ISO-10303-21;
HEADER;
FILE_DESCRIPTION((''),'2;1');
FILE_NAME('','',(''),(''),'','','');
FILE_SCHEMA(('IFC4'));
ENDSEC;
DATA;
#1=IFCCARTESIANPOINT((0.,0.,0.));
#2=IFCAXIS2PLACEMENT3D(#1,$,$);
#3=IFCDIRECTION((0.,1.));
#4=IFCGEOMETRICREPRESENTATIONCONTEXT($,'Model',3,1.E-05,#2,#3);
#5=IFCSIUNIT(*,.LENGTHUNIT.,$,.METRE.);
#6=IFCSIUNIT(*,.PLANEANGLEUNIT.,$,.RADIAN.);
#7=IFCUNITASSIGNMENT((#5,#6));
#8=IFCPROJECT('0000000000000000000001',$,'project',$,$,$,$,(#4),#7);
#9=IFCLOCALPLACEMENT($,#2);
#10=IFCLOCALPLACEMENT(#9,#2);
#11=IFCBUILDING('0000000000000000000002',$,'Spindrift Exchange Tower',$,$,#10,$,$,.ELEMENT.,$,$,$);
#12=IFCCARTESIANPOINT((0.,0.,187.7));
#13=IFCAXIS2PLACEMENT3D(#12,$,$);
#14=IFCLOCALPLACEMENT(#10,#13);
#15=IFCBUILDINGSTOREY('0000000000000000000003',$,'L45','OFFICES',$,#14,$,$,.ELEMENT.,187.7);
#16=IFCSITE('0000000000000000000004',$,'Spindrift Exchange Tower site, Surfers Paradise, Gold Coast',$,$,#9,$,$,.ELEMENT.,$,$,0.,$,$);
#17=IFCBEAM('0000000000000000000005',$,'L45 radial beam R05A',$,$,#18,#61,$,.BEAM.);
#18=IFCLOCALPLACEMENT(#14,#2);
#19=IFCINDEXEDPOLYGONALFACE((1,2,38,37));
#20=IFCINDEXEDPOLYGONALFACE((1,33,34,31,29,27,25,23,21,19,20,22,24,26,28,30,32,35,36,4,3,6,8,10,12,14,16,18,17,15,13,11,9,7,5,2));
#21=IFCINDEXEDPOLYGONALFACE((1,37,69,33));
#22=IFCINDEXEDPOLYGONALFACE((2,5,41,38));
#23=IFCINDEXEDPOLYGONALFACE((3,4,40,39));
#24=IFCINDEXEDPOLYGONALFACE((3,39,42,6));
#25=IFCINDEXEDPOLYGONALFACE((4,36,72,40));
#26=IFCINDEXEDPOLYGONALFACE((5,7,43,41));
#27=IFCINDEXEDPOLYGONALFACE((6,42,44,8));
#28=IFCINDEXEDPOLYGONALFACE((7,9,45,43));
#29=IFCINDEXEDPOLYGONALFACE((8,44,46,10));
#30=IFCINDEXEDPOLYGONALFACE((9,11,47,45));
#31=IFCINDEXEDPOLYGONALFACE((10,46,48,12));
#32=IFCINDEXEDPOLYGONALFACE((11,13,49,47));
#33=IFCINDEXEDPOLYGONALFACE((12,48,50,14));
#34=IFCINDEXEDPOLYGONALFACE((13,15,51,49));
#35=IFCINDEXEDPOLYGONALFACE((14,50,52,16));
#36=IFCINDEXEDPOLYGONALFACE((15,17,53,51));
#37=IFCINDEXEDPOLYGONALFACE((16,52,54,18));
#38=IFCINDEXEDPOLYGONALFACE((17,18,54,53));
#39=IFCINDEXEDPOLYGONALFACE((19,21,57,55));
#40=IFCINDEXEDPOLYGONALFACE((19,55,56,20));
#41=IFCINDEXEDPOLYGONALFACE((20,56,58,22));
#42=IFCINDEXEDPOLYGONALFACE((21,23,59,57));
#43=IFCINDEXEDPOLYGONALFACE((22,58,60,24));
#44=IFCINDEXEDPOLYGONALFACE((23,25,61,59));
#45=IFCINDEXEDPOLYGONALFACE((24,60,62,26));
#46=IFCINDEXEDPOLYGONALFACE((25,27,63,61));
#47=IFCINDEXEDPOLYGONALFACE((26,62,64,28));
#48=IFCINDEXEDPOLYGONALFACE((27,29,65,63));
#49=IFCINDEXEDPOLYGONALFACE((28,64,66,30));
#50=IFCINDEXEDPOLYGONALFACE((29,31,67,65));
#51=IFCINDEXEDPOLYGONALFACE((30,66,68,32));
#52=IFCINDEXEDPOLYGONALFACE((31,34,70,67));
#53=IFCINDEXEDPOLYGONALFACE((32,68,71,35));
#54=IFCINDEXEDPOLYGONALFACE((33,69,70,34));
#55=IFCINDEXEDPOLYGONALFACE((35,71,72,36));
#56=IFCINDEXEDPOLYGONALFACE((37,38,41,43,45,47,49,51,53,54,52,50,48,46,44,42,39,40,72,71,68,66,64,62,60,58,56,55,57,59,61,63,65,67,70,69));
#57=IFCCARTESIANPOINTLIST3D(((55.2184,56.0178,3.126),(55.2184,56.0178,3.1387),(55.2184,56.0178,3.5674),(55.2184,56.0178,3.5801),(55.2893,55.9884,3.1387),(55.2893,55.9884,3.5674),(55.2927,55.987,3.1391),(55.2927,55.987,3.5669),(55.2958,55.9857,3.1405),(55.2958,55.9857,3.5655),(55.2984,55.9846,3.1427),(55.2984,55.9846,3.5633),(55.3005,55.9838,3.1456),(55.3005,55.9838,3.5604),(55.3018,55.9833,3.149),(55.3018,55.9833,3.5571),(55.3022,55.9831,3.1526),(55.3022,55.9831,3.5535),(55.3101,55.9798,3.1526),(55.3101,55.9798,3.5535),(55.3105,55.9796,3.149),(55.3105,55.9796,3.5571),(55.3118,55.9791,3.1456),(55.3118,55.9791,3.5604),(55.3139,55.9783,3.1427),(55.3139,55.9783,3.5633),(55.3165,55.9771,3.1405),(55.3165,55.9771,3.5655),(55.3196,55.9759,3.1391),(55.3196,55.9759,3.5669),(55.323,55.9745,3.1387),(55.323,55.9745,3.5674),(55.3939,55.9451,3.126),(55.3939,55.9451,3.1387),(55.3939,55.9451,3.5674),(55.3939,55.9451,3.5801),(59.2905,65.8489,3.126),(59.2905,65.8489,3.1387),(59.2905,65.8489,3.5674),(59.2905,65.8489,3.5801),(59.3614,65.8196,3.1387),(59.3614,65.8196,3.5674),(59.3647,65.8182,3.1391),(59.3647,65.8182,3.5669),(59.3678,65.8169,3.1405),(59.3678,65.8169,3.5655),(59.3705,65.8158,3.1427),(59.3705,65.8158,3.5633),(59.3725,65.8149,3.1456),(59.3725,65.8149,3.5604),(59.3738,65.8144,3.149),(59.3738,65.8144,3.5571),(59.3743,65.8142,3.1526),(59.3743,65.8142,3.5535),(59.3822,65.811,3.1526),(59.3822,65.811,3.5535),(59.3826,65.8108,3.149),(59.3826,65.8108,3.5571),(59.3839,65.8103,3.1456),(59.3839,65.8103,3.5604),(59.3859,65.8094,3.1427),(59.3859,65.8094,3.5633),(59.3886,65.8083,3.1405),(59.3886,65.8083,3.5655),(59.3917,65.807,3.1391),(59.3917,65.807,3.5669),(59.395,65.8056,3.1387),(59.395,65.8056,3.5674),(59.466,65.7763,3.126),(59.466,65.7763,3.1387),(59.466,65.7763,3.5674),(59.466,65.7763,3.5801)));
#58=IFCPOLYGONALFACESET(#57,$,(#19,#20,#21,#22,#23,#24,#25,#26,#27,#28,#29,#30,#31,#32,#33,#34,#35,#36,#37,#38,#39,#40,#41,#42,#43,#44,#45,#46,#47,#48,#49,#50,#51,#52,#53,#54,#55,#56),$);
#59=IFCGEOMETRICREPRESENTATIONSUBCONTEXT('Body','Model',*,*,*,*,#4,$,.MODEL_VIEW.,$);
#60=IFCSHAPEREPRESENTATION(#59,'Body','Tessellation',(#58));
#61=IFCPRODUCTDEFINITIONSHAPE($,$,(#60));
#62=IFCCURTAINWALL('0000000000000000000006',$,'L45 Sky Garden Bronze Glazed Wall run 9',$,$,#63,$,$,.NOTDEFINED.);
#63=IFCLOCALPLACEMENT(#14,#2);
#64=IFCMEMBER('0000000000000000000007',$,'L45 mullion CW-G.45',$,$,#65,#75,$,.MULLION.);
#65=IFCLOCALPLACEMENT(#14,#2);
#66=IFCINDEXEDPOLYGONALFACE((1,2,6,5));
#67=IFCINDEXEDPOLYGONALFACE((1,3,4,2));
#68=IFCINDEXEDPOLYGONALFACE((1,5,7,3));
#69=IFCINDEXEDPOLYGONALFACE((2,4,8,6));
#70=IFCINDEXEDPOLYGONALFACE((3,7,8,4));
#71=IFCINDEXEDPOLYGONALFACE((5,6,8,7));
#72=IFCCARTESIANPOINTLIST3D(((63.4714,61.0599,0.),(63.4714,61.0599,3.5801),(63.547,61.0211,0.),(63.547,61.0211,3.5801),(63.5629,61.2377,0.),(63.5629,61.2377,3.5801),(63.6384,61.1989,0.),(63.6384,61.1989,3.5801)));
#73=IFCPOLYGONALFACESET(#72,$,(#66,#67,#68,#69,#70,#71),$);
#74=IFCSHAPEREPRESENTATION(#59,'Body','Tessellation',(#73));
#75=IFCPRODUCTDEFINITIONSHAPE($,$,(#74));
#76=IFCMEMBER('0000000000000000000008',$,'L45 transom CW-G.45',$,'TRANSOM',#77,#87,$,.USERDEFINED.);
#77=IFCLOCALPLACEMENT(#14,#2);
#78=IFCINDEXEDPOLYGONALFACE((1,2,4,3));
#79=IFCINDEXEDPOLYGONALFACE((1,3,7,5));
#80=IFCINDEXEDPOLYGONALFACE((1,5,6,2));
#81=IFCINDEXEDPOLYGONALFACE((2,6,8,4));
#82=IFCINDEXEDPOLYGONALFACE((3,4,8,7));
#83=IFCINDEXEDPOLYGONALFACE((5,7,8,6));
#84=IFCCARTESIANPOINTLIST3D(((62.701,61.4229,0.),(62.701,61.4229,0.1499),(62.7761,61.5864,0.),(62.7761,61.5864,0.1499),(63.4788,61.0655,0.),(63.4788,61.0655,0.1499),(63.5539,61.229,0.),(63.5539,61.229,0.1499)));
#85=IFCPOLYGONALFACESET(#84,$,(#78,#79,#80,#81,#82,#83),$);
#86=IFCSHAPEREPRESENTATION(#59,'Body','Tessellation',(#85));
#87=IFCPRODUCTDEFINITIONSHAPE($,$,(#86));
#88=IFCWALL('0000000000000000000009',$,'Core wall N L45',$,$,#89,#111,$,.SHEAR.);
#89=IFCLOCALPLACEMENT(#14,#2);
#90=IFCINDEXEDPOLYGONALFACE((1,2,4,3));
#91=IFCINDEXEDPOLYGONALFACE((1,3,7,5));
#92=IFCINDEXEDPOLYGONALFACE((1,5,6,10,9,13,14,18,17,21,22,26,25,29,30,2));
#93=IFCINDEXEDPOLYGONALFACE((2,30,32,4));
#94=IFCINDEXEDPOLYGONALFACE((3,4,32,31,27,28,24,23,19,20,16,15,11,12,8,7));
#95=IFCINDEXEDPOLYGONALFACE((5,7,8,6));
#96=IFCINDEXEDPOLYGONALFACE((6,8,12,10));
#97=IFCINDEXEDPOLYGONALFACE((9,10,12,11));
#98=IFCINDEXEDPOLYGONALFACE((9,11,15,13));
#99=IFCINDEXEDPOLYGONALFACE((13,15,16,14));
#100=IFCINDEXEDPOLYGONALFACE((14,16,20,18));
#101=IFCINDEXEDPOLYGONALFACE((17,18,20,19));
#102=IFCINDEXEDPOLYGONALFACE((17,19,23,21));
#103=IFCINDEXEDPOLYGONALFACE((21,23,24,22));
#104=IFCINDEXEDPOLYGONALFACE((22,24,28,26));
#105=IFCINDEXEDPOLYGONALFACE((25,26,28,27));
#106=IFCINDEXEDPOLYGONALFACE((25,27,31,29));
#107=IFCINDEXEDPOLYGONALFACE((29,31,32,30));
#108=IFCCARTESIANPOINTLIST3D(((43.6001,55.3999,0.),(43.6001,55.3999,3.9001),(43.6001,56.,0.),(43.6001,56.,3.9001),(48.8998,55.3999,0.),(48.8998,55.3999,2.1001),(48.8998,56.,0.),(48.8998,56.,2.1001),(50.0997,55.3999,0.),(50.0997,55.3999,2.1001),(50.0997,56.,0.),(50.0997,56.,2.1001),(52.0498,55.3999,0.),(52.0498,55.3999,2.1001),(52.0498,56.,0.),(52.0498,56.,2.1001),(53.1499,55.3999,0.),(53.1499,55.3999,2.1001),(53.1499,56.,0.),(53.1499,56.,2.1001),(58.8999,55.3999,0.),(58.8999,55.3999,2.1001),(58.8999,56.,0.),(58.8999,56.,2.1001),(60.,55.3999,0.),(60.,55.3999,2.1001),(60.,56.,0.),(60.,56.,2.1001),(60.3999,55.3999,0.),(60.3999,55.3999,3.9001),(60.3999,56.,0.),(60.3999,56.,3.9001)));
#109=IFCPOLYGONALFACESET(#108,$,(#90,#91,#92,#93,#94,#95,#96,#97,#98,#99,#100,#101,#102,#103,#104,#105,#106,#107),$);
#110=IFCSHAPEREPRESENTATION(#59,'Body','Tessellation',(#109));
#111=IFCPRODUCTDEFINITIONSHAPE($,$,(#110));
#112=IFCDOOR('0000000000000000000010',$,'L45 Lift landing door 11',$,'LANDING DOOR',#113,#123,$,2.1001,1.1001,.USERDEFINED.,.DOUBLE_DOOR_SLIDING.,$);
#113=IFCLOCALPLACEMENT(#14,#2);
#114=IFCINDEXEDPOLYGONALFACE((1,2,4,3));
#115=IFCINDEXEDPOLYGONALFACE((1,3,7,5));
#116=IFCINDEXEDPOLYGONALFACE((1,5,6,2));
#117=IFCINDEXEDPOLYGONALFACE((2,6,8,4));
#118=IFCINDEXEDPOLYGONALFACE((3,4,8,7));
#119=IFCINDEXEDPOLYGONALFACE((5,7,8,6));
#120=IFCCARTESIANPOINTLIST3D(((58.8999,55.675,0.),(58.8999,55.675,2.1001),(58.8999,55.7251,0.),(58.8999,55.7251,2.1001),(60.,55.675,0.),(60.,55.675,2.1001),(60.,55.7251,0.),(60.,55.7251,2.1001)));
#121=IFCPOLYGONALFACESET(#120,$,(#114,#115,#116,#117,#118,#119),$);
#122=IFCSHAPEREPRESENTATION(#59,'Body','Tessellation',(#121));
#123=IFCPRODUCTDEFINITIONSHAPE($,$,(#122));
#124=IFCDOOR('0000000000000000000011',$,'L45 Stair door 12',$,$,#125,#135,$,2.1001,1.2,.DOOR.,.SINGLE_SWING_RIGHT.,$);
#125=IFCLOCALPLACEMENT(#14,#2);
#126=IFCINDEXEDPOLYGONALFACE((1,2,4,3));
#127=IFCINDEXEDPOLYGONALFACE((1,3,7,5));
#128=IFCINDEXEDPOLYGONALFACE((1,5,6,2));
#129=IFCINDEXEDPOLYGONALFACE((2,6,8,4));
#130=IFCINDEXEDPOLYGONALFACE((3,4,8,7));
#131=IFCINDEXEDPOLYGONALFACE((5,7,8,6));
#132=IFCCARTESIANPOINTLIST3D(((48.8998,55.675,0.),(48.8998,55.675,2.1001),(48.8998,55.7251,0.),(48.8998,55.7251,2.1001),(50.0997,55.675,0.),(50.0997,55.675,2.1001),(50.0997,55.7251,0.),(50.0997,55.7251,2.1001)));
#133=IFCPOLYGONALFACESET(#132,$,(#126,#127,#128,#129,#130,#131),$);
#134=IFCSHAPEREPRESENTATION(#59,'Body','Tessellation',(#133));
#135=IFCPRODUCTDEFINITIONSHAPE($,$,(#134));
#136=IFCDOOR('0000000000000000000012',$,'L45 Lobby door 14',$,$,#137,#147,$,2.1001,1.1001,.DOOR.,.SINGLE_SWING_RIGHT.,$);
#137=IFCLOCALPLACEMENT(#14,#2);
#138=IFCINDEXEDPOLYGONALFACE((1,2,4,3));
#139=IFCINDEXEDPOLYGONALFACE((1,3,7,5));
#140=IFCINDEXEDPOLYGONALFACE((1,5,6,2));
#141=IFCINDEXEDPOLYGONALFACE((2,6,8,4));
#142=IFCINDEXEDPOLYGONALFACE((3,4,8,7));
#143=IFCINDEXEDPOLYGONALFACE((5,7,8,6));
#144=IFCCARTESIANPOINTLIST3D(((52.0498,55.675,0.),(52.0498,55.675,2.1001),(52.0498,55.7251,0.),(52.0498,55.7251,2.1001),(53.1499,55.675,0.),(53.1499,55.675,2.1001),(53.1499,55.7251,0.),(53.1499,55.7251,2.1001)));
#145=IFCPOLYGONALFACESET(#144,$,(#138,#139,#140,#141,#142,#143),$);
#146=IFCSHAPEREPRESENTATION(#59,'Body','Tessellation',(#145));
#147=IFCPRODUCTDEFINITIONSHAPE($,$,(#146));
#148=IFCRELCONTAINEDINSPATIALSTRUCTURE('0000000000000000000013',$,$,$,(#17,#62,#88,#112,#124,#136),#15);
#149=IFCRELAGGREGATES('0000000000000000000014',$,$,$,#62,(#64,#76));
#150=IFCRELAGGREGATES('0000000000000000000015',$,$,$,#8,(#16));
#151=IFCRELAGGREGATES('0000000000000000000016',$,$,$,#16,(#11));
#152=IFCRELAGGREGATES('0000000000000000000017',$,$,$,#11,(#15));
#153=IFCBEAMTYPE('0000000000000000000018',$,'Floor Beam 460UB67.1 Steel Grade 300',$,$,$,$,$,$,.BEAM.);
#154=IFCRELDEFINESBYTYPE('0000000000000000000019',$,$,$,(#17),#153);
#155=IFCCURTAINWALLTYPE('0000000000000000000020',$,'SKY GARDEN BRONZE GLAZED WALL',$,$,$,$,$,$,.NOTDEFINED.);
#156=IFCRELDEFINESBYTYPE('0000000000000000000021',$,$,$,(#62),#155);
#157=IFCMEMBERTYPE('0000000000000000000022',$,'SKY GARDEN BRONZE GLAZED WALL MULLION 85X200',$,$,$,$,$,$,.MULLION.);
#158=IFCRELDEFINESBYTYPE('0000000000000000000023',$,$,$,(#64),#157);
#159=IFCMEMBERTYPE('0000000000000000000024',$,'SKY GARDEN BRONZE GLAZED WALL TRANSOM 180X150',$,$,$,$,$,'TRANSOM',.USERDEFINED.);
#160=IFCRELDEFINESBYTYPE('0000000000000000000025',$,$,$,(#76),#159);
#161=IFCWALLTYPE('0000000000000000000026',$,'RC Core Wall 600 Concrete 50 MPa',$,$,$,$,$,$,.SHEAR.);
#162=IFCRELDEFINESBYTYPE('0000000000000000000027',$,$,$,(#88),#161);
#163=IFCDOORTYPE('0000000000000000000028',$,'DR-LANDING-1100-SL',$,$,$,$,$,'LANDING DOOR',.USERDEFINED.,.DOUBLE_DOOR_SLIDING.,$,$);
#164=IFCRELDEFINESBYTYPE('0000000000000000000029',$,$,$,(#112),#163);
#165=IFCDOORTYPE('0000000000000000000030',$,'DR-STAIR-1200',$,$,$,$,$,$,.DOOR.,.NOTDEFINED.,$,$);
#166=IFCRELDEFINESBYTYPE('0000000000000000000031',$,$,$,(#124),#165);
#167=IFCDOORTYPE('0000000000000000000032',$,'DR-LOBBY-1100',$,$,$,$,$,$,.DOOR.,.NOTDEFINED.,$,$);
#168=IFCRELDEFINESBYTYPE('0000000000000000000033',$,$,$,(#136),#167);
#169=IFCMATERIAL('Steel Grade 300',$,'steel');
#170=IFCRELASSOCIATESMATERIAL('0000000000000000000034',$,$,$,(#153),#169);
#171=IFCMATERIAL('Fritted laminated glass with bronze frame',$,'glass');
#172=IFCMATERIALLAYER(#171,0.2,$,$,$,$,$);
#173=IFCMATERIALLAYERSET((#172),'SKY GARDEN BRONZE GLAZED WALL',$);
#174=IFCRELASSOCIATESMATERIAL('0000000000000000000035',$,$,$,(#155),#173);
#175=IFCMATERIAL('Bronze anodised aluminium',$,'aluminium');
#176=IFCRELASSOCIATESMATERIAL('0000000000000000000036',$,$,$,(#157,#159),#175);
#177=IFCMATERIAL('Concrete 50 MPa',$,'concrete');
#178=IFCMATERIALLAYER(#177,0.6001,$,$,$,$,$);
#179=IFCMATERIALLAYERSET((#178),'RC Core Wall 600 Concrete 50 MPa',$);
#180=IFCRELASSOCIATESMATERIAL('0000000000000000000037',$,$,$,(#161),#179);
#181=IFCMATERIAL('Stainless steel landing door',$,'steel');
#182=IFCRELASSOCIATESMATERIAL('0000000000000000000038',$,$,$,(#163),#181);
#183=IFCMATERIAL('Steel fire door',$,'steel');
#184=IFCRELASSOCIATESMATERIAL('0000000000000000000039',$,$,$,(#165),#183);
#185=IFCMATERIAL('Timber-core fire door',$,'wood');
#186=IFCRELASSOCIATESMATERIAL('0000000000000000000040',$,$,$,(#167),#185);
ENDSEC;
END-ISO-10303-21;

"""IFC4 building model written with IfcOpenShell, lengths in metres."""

from ifc_helpers import new_model, si_unit, direction, frame, frame_2d, origin, origin_2d, place, context, subcontext, project, spatial, rectangle, i_section, extrude, source, transform, mapped, material, layer, layer_set, material_profile, profile_set, type_object, element, fill, aggregate, save


model = new_model("IFC4")

# Units and contexts
model_context = context("Model", 3, precision=1e-05, world=origin(), true_north=direction((0.0, 1.0)))
body_context = subcontext(model_context, "Body", "Model", "MODEL_VIEW")
ifc_project = project(units=[si_unit("LENGTHUNIT", "METRE"), si_unit("PLANEANGLEUNIT", "RADIAN")], contexts=[model_context])

# Site, building, storey
site_placement = place(None, origin())
site = spatial("IfcSite", under=ifc_project, at=site_placement, Name="Spindrift Exchange Tower site, Surfers Paradise, Gold Coast", CompositionType="ELEMENT", RefElevation=0.0)
building_placement = place(site_placement, origin())
building = spatial("IfcBuilding", under=site, at=building_placement, Name="Spindrift Exchange Tower", CompositionType="ELEMENT")
storey_placement = place(building_placement, frame((0.0, 0.0, 187.7)))
storey = spatial("IfcBuildingStorey", under=building, at=storey_placement, Name="L45", Description="OFFICES", CompositionType="ELEMENT", Elevation=187.7)

# Beam
ifc_material_1 = material(Name="Steel Grade 300", Category="steel")
ifc_material_profile_1 = material_profile(ifc_material_1, i_section(OverallWidth=0.1899, OverallDepth=0.4541, WebThickness=0.0085, FlangeThickness=0.0127, FilletRadius=0.0139, at=origin_2d()), Name="460UB67.1")
ifc_profile_set_1 = profile_set([ifc_material_profile_1], Name="Steel Grade 300")
beam_type_1 = type_object("IfcBeamType", Name="Floor Beam 460UB67.1 Steel Grade 300", PredefinedType="BEAM", material=ifc_profile_set_1)
shared_shape_1 = source(origin(), body_context, "Body", "SweptSolid", [
    extrude(i_section(OverallWidth=0.1899, OverallDepth=0.4541, WebThickness=0.0085, FlangeThickness=0.0127, FilletRadius=0.0139, at=origin_2d()), origin(), (0.0, 0.0, 1.0), 10.6411),
])
beam_1_placement = place(storey_placement, frame((55.3062, 55.9814, 3.353), z_axis=(0.382673, 0.923884, 0.0), x_axis=(-0.923884, 0.382673, 0.0)))
element("IfcBeam", 1, at=beam_1_placement, inside=storey, type_object=beam_type_1, Name="L45 radial beam R05A", PredefinedType="BEAM", context=body_context, shape_type="MappedRepresentation", body=[
    mapped(shared_shape_1, transform((0.0, 0.0, 0.0), scale=1.0)),
])

# Curtain wall, members
ifc_material_2 = material(Name="Fritted laminated glass with bronze frame", Category="glass")
ifc_layer_1 = layer(ifc_material_2, 0.2)
ifc_layer_set_1 = layer_set([ifc_layer_1], Name="SKY GARDEN BRONZE GLAZED WALL")
curtain_wall_type = type_object("IfcCurtainWallType", Name="SKY GARDEN BRONZE GLAZED WALL", PredefinedType="NOTDEFINED", material=ifc_layer_set_1)
curtain_wall_placement = place(storey_placement, origin())
curtain_wall = element("IfcCurtainWall", 2, at=curtain_wall_placement, inside=storey, type_object=curtain_wall_type, Name="L45 Sky Garden Bronze Glazed Wall run 9", PredefinedType="NOTDEFINED")
ifc_material_3 = material(Name="Bronze anodised aluminium", Category="aluminium")
ifc_material_profile_2 = material_profile(ifc_material_3, rectangle(XDim=0.085, YDim=0.2, at=origin_2d()), Name="SKY GARDEN BRONZE GLAZED WALL MULLION 85X200")
ifc_profile_set_2 = profile_set([ifc_material_profile_2], Name="Bronze anodised aluminium")
member_type_1 = type_object("IfcMemberType", Name="SKY GARDEN BRONZE GLAZED WALL MULLION 85X200", PredefinedType="MULLION", material=ifc_profile_set_2)
shared_shape_2 = source(origin(), body_context, "Body", "SweptSolid", [
    extrude(rectangle(XDim=0.085, YDim=0.2, at=origin_2d()), origin(), (0.0, 0.0, 1.0), 3.5801),
])
member_1_placement = place(storey_placement, frame((63.5549, 61.1294, 0.0), z_axis=(0.0, 0.0, 1.0), x_axis=(-0.88939, 0.45715, 0.0)))
member_1 = element("IfcMember", 3, at=member_1_placement, type_object=member_type_1, Name="L45 mullion CW-G.45", PredefinedType="MULLION", context=body_context, shape_type="MappedRepresentation", body=[
    mapped(shared_shape_2, transform((0.0, 0.0, 0.0), scale=1.0)),
])
ifc_material_profile_3 = material_profile(ifc_material_3, rectangle(XDim=0.1799, YDim=0.1499, at=origin_2d()), Name="SKY GARDEN BRONZE GLAZED WALL TRANSOM 180X150")
ifc_profile_set_3 = profile_set([ifc_material_profile_3], Name="Bronze anodised aluminium")
member_type_2 = type_object("IfcMemberType", Name="SKY GARDEN BRONZE GLAZED WALL TRANSOM 180X150", ElementType="TRANSOM", PredefinedType="USERDEFINED", material=ifc_profile_set_3)
shared_shape_3 = source(origin(), body_context, "Body", "SweptSolid", [
    extrude(rectangle(XDim=0.1799, YDim=0.1499, at=origin_2d()), origin(), (0.0, 0.0, 1.0), 0.856),
])
member_2_placement = place(storey_placement, frame((63.5164, 61.1472, 0.075), z_axis=(-0.908659, 0.417538, 0.0), x_axis=(-0.417538, -0.908659, 0.0)))
member_2 = element("IfcMember", 4, at=member_2_placement, type_object=member_type_2, Name="L45 transom CW-G.45", ObjectType="TRANSOM", PredefinedType="USERDEFINED", context=body_context, shape_type="MappedRepresentation", body=[
    mapped(shared_shape_3, transform((0.0, 0.0, 0.0), scale=1.0)),
])
aggregate(curtain_wall, [member_1, member_2])

# Wall, openings, doors
ifc_material_4 = material(Name="Concrete 50 MPa", Category="concrete")
ifc_layer_2 = layer(ifc_material_4, 0.6001)
ifc_layer_set_2 = layer_set([ifc_layer_2], Name="RC Core Wall 600 Concrete 50 MPa")
wall_type_1 = type_object("IfcWallType", Name="RC Core Wall 600 Concrete 50 MPa", PredefinedType="SHEAR", material=ifc_layer_set_2)
wall_1_placement = place(storey_placement, frame((60.3999, 55.7, 0.0), z_axis=(0.0, 0.0, 1.0), x_axis=(-1.0, 0.0, 0.0)))
wall_1 = element("IfcWall", 5, at=wall_1_placement, inside=storey, type_object=wall_type_1, Name="Core wall N L45", PredefinedType="SHEAR", context=body_context, shape_type="SweptSolid", body=[
    extrude(rectangle(XDim=16.7998, YDim=0.6001, at=frame_2d((8.3999, 0.0))), origin(), (0.0, 0.0, 1.0), 3.9001),
])
opening_1_placement = place(wall_1_placement, frame((0.3999, 0.0, 0.0)))
opening_1 = element("IfcOpeningElement", 6, at=opening_1_placement, cuts=wall_1, PredefinedType="OPENING", context=body_context, shape_type="SweptSolid", body=[
    extrude(rectangle(XDim=1.1001, YDim=2.1001, at=frame_2d((0.55, 1.05))), frame((0.0, 0.3101, 0.0), z_axis=(0.0, -1.0, 0.0), x_axis=(1.0, 0.0, 0.0)), (0.0, 0.0, 1.0), 0.6201),
])
opening_2_placement = place(wall_1_placement, frame((10.3, 0.0, 0.0)))
opening_2 = element("IfcOpeningElement", 7, at=opening_2_placement, cuts=wall_1, PredefinedType="OPENING", context=body_context, shape_type="SweptSolid", body=[
    extrude(rectangle(XDim=1.2, YDim=2.1001, at=frame_2d((0.6001, 1.05))), frame((0.0, 0.3101, 0.0), z_axis=(0.0, -1.0, 0.0), x_axis=(1.0, 0.0, 0.0)), (0.0, 0.0, 1.0), 0.6201),
])
opening_3_placement = place(wall_1_placement, frame((7.25, 0.0, 0.0)))
opening_3 = element("IfcOpeningElement", 8, at=opening_3_placement, cuts=wall_1, PredefinedType="OPENING", context=body_context, shape_type="SweptSolid", body=[
    extrude(rectangle(XDim=1.1001, YDim=2.1001, at=frame_2d((0.55, 1.05))), frame((0.0, 0.3101, 0.0), z_axis=(0.0, -1.0, 0.0), x_axis=(1.0, 0.0, 0.0)), (0.0, 0.0, 1.0), 0.6201),
])
ifc_material_5 = material(Name="Stainless steel landing door", Category="steel")
door_type_1 = type_object("IfcDoorType", Name="DR-LANDING-1100-SL", ElementType="LANDING DOOR", OperationType="DOUBLE_DOOR_SLIDING", PredefinedType="USERDEFINED", material=ifc_material_5)
shared_shape_4 = source(origin(), body_context, "Body", "SweptSolid", [
    extrude(rectangle(XDim=1.1001, YDim=2.1001, at=frame_2d((0.55, 1.05))), frame((0.0, 0.0249, 0.0), z_axis=(0.0, -1.0, 0.0), x_axis=(1.0, 0.0, 0.0)), (0.0, 0.0, 1.0), 0.05),
])
door_1_placement = place(opening_1_placement, origin())
door_1 = element("IfcDoor", 9, at=door_1_placement, inside=storey, type_object=door_type_1, Name="L45 Lift landing door 11", ObjectType="LANDING DOOR", OperationType="DOUBLE_DOOR_SLIDING", OverallHeight=2.1001, OverallWidth=1.1001, PredefinedType="USERDEFINED", context=body_context, shape_type="MappedRepresentation", body=[
    mapped(shared_shape_4, transform((0.0, 0.0, 0.0), scale=1.0)),
])
fill(opening_1, door_1)
ifc_material_6 = material(Name="Steel fire door", Category="steel")
door_type_2 = type_object("IfcDoorType", Name="DR-STAIR-1200", OperationType="NOTDEFINED", PredefinedType="DOOR", material=ifc_material_6)
shared_shape_5 = source(origin(), body_context, "Body", "SweptSolid", [
    extrude(rectangle(XDim=1.2, YDim=2.1001, at=frame_2d((0.6001, 1.05))), frame((0.0, 0.0249, 0.0), z_axis=(0.0, -1.0, 0.0), x_axis=(1.0, 0.0, 0.0)), (0.0, 0.0, 1.0), 0.05),
])
door_2_placement = place(opening_2_placement, origin())
door_2 = element("IfcDoor", 10, at=door_2_placement, inside=storey, type_object=door_type_2, Name="L45 Stair door 12", OperationType="SINGLE_SWING_RIGHT", OverallHeight=2.1001, OverallWidth=1.2, PredefinedType="DOOR", context=body_context, shape_type="MappedRepresentation", body=[
    mapped(shared_shape_5, transform((0.0, 0.0, 0.0), scale=1.0)),
])
fill(opening_2, door_2)
ifc_material_7 = material(Name="Timber-core fire door", Category="wood")
door_type_3 = type_object("IfcDoorType", Name="DR-LOBBY-1100", OperationType="NOTDEFINED", PredefinedType="DOOR", material=ifc_material_7)
shared_shape_6 = source(origin(), body_context, "Body", "SweptSolid", [
    extrude(rectangle(XDim=1.1001, YDim=2.1001, at=frame_2d((0.55, 1.05))), frame((0.0, 0.0249, 0.0), z_axis=(0.0, -1.0, 0.0), x_axis=(1.0, 0.0, 0.0)), (0.0, 0.0, 1.0), 0.05),
])
door_3_placement = place(opening_3_placement, origin())
door_3 = element("IfcDoor", 11, at=door_3_placement, inside=storey, type_object=door_type_3, Name="L45 Lobby door 14", OperationType="SINGLE_SWING_RIGHT", OverallHeight=2.1001, OverallWidth=1.1001, PredefinedType="DOOR", context=body_context, shape_type="MappedRepresentation", body=[
    mapped(shared_shape_6, transform((0.0, 0.0, 0.0), scale=1.0)),
])
fill(opening_3, door_3)

save(model, "model.ifc")
